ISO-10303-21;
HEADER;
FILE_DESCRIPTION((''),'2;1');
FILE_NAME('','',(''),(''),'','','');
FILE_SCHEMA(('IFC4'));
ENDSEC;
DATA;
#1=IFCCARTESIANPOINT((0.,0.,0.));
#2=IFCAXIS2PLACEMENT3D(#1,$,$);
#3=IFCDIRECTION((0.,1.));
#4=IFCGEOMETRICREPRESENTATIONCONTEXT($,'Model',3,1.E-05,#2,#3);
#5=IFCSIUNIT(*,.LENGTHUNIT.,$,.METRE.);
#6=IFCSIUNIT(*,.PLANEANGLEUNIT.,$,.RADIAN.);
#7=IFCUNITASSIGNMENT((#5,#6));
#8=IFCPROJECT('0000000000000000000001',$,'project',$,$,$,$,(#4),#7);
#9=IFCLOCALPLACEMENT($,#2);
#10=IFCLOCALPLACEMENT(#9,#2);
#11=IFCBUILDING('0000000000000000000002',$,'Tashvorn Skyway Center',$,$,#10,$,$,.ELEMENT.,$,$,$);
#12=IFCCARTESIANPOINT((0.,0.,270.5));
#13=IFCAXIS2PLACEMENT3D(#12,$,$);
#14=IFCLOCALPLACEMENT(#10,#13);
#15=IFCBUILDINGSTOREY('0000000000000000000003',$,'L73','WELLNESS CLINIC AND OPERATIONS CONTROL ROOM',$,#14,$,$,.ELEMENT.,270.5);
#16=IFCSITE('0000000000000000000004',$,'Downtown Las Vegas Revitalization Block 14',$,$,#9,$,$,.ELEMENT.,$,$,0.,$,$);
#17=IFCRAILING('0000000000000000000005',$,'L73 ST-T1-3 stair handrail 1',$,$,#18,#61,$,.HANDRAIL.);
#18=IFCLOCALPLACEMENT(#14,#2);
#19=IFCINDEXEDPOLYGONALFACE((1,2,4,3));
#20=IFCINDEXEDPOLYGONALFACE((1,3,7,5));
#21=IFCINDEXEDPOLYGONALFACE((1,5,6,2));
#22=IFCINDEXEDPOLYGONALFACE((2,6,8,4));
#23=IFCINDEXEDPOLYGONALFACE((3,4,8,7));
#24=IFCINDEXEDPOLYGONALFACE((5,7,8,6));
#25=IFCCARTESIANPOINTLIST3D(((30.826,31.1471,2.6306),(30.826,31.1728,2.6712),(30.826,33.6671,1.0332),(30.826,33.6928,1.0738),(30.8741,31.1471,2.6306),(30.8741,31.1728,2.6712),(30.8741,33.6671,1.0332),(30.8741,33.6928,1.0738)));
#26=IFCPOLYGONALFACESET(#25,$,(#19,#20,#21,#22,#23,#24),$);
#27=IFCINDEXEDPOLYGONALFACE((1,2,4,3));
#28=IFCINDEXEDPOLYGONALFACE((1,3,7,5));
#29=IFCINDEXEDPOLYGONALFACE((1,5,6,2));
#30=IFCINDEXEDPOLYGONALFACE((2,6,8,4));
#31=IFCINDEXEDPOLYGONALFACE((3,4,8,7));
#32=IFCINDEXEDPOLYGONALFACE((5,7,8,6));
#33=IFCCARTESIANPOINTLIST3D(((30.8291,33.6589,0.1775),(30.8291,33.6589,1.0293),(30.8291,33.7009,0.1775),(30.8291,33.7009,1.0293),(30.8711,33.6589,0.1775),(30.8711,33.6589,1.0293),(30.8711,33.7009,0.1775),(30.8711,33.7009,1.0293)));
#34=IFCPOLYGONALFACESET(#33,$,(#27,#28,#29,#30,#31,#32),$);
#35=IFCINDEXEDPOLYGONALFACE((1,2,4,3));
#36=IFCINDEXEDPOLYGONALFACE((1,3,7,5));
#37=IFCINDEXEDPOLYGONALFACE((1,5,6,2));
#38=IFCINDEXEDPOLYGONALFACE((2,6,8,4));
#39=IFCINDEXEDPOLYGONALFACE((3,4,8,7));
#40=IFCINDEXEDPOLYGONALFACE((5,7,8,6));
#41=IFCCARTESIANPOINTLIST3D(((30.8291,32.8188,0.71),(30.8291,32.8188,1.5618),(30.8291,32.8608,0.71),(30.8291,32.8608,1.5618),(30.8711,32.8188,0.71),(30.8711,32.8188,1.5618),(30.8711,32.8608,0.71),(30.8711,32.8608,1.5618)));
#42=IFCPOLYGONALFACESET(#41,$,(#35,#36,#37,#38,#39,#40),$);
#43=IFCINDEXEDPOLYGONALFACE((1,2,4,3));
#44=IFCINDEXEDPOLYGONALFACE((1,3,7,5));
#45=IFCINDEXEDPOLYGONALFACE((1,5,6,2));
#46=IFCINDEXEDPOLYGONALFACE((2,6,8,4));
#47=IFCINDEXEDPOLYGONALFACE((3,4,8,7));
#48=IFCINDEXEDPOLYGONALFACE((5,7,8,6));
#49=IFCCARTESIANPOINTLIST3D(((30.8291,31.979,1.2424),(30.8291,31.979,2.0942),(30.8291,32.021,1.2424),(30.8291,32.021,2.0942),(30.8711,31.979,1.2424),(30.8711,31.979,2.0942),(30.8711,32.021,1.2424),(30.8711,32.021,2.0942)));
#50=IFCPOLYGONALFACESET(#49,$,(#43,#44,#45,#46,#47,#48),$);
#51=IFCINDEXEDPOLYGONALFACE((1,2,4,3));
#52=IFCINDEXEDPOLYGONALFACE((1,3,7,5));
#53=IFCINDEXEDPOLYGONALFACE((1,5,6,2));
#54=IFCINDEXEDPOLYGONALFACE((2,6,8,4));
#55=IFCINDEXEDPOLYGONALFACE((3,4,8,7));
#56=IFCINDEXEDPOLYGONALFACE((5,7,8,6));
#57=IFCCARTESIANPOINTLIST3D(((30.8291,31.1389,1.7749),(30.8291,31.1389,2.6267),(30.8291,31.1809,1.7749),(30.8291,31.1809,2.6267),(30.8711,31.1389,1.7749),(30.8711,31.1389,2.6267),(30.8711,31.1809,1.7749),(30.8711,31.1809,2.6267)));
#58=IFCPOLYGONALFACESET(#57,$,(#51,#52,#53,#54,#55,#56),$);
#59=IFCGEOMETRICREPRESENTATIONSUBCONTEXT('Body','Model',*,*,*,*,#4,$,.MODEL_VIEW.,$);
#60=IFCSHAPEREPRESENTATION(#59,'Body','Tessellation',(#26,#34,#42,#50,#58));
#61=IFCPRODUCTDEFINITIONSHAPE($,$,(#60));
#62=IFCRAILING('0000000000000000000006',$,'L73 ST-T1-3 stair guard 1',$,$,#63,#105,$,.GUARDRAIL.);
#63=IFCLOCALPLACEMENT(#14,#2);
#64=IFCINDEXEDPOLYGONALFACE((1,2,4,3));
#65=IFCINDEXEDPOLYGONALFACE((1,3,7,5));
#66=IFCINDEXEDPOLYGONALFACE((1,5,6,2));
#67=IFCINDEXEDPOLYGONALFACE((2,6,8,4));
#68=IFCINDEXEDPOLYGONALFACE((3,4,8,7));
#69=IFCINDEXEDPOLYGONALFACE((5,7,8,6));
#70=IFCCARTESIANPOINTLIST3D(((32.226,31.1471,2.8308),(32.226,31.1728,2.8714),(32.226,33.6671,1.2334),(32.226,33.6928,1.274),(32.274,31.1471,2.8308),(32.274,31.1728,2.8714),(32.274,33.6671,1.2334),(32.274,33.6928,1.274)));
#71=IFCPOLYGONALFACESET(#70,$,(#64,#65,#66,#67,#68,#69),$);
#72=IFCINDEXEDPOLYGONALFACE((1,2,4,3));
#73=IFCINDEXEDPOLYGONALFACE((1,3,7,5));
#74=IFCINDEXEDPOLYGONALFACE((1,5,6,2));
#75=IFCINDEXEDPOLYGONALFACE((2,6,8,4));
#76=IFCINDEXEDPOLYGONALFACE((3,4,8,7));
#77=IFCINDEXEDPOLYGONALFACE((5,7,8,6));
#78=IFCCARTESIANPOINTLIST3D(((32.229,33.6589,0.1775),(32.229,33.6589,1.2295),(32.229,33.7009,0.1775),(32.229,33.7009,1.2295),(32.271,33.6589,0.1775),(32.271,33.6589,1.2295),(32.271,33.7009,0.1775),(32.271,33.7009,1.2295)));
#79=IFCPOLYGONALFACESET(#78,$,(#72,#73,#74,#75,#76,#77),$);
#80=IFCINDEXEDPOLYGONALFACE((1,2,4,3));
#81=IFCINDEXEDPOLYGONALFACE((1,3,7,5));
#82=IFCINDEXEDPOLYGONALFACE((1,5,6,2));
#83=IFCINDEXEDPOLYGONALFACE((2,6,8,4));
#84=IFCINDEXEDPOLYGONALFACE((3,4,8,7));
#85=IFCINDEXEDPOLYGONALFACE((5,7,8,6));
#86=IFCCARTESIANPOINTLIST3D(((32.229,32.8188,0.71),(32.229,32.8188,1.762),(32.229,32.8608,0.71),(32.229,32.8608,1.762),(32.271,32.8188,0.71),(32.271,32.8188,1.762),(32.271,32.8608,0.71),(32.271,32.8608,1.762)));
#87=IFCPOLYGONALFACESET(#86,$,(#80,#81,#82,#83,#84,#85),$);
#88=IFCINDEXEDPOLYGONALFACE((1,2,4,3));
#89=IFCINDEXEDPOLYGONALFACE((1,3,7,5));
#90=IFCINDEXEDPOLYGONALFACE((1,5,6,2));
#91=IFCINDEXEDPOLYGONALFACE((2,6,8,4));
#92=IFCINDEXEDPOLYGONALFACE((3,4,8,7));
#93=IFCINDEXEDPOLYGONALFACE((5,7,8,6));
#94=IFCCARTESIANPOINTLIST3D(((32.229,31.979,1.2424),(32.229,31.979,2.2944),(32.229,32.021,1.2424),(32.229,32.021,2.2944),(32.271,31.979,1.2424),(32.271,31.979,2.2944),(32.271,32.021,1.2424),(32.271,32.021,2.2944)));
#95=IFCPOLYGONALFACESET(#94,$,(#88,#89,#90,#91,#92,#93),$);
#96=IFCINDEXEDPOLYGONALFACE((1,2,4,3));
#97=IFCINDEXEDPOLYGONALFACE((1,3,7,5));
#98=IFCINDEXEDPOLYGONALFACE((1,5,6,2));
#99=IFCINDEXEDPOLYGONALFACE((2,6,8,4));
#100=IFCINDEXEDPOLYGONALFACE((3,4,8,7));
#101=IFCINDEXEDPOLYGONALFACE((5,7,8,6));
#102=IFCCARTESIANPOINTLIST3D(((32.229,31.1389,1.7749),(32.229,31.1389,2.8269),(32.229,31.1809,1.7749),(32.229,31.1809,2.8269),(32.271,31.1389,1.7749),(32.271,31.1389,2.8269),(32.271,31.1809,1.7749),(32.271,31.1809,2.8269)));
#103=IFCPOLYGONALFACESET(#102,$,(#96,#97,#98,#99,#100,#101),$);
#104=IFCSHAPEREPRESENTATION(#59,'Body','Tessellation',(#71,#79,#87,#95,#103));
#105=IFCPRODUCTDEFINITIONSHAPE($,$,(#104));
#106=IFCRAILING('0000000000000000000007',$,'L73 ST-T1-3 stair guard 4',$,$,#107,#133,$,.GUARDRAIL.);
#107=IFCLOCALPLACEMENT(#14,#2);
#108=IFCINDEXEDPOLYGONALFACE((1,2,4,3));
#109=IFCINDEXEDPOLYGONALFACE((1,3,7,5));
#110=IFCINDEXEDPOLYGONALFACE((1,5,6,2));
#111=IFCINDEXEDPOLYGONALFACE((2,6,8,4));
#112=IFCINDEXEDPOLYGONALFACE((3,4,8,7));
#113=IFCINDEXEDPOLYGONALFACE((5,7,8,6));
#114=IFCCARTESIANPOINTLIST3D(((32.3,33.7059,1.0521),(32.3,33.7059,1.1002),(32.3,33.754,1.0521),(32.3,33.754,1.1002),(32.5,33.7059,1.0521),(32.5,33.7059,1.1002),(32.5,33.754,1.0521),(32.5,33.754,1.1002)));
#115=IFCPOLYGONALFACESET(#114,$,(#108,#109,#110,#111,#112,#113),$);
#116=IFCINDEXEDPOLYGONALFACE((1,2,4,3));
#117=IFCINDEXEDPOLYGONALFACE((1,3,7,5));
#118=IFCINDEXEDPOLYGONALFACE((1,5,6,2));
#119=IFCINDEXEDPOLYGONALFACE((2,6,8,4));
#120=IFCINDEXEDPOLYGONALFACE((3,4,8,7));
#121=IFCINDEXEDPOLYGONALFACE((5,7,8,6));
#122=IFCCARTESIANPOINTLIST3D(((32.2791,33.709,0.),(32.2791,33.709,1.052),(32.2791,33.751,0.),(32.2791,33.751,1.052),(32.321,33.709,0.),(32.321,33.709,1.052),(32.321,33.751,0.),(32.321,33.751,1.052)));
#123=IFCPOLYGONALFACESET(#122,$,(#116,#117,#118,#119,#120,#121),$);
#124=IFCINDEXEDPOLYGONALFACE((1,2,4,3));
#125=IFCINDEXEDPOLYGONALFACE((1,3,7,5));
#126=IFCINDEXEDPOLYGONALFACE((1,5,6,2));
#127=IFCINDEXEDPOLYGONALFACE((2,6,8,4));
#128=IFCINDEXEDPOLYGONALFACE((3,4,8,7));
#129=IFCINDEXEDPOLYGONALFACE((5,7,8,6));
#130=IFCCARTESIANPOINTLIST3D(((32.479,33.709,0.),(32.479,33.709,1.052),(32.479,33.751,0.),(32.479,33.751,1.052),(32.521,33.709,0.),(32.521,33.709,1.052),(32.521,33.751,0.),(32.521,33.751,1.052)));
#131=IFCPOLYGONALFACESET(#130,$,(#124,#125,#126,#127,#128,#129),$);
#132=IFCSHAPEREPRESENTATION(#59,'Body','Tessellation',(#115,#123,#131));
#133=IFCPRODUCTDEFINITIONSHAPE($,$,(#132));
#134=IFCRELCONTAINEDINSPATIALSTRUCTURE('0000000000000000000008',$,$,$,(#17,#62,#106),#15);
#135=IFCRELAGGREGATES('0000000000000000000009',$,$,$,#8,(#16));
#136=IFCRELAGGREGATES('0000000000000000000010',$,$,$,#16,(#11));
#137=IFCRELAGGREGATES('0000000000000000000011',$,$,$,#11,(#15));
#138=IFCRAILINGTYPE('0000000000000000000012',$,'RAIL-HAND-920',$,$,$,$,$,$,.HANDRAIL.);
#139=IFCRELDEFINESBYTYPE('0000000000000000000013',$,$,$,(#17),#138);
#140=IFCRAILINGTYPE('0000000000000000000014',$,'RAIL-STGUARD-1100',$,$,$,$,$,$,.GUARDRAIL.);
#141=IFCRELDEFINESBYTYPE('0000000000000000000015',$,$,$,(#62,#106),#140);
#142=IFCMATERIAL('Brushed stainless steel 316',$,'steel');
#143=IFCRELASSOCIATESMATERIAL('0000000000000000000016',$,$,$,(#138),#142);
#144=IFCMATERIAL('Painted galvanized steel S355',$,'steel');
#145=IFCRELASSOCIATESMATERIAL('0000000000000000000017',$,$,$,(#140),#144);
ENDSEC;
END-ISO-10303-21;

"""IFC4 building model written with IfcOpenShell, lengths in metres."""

from ifc_helpers import new_model, si_unit, direction, frame, origin, origin_2d, place, context, subcontext, project, spatial, rectangle, extrude, material, type_object, element, save


model = new_model("IFC4")

# Units and contexts
model_context = context("Model", 3, precision=1e-05, world=origin(), true_north=direction((0.0, 1.0)))
body_context = subcontext(model_context, "Body", "Model", "MODEL_VIEW")
ifc_project = project(units=[si_unit("LENGTHUNIT", "METRE"), si_unit("PLANEANGLEUNIT", "RADIAN")], contexts=[model_context])

# Site, building, storey
site_placement = place(None, origin())
site = spatial("IfcSite", under=ifc_project, at=site_placement, Name="Downtown Las Vegas Revitalization Block 14", CompositionType="ELEMENT", RefElevation=0.0)
building_placement = place(site_placement, origin())
building = spatial("IfcBuilding", under=site, at=building_placement, Name="Tashvorn Skyway Center", CompositionType="ELEMENT")
storey_placement = place(building_placement, frame((0.0, 0.0, 270.5)))
storey = spatial("IfcBuildingStorey", under=building, at=storey_placement, Name="L73", Description="WELLNESS CLINIC AND OPERATIONS CONTROL ROOM", CompositionType="ELEMENT", Elevation=270.5)

# Railings
ifc_material_1 = material(Name="Brushed stainless steel 316", Category="steel")
railing_type_1 = type_object("IfcRailingType", Name="RAIL-HAND-920", PredefinedType="HANDRAIL", material=ifc_material_1)
railing_1_placement = place(storey_placement, frame((30.8501, 33.6799, 0.1775)))
element("IfcRailing", 1, at=railing_1_placement, inside=storey, type_object=railing_type_1, Name="L73 ST-T1-3 stair handrail 1", PredefinedType="HANDRAIL", context=body_context, shape_type="SweptSolid", body=[
    extrude(rectangle(XDim=0.0481, YDim=0.0481, at=origin_2d()), frame((0.0, 0.0, 0.876), z_axis=(0.0, -0.844607, 0.535387), x_axis=(1.0, 0.0, 0.0)), (0.0, 0.0, 1.0), 2.9836),
    extrude(rectangle(XDim=0.042, YDim=0.042, at=origin_2d()), origin(), (0.0, 0.0, 1.0), 0.8518),
    extrude(rectangle(XDim=0.042, YDim=0.042, at=origin_2d()), frame((0.0, -0.8401, 0.5325)), (0.0, 0.0, 1.0), 0.8518),
    extrude(rectangle(XDim=0.042, YDim=0.042, at=origin_2d()), frame((0.0, -1.6799, 1.0649)), (0.0, 0.0, 1.0), 0.8518),
    extrude(rectangle(XDim=0.042, YDim=0.042, at=origin_2d()), frame((0.0, -2.52, 1.5974)), (0.0, 0.0, 1.0), 0.8518),
])
ifc_material_2 = material(Name="Painted galvanized steel S355", Category="steel")
railing_type_2 = type_object("IfcRailingType", Name="RAIL-STGUARD-1100", PredefinedType="GUARDRAIL", material=ifc_material_2)
railing_2_placement = place(storey_placement, frame((32.25, 33.6799, 0.1775)))
element("IfcRailing", 2, at=railing_2_placement, inside=storey, type_object=railing_type_2, Name="L73 ST-T1-3 stair guard 1", PredefinedType="GUARDRAIL", context=body_context, shape_type="SweptSolid", body=[
    extrude(rectangle(XDim=0.0481, YDim=0.0481, at=origin_2d()), frame((0.0, 0.0, 1.0762), z_axis=(0.0, -0.844607, 0.535387), x_axis=(1.0, 0.0, 0.0)), (0.0, 0.0, 1.0), 2.9836),
    extrude(rectangle(XDim=0.042, YDim=0.042, at=origin_2d()), origin(), (0.0, 0.0, 1.0), 1.052),
    extrude(rectangle(XDim=0.042, YDim=0.042, at=origin_2d()), frame((0.0, -0.8401, 0.5325)), (0.0, 0.0, 1.0), 1.052),
    extrude(rectangle(XDim=0.042, YDim=0.042, at=origin_2d()), frame((0.0, -1.6799, 1.0649)), (0.0, 0.0, 1.0), 1.052),
    extrude(rectangle(XDim=0.042, YDim=0.042, at=origin_2d()), frame((0.0, -2.52, 1.5974)), (0.0, 0.0, 1.0), 1.052),
])
railing_3_placement = place(storey_placement, frame((32.3, 33.73, 0.0)))
element("IfcRailing", 3, at=railing_3_placement, inside=storey, type_object=railing_type_2, Name="L73 ST-T1-3 stair guard 4", PredefinedType="GUARDRAIL", context=body_context, shape_type="SweptSolid", body=[
    extrude(rectangle(XDim=0.0481, YDim=0.0481, at=origin_2d()), frame((0.0, 0.0, 1.0762), z_axis=(1.0, 0.0, 0.0), x_axis=(0.0, 1.0, 0.0)), (0.0, 0.0, 1.0), 0.2),
    extrude(rectangle(XDim=0.042, YDim=0.042, at=origin_2d()), origin(), (0.0, 0.0, 1.0), 1.052),
    extrude(rectangle(XDim=0.042, YDim=0.042, at=origin_2d()), frame((0.2, 0.0, 0.0)), (0.0, 0.0, 1.0), 1.052),
])

save(model, "model.ifc")
